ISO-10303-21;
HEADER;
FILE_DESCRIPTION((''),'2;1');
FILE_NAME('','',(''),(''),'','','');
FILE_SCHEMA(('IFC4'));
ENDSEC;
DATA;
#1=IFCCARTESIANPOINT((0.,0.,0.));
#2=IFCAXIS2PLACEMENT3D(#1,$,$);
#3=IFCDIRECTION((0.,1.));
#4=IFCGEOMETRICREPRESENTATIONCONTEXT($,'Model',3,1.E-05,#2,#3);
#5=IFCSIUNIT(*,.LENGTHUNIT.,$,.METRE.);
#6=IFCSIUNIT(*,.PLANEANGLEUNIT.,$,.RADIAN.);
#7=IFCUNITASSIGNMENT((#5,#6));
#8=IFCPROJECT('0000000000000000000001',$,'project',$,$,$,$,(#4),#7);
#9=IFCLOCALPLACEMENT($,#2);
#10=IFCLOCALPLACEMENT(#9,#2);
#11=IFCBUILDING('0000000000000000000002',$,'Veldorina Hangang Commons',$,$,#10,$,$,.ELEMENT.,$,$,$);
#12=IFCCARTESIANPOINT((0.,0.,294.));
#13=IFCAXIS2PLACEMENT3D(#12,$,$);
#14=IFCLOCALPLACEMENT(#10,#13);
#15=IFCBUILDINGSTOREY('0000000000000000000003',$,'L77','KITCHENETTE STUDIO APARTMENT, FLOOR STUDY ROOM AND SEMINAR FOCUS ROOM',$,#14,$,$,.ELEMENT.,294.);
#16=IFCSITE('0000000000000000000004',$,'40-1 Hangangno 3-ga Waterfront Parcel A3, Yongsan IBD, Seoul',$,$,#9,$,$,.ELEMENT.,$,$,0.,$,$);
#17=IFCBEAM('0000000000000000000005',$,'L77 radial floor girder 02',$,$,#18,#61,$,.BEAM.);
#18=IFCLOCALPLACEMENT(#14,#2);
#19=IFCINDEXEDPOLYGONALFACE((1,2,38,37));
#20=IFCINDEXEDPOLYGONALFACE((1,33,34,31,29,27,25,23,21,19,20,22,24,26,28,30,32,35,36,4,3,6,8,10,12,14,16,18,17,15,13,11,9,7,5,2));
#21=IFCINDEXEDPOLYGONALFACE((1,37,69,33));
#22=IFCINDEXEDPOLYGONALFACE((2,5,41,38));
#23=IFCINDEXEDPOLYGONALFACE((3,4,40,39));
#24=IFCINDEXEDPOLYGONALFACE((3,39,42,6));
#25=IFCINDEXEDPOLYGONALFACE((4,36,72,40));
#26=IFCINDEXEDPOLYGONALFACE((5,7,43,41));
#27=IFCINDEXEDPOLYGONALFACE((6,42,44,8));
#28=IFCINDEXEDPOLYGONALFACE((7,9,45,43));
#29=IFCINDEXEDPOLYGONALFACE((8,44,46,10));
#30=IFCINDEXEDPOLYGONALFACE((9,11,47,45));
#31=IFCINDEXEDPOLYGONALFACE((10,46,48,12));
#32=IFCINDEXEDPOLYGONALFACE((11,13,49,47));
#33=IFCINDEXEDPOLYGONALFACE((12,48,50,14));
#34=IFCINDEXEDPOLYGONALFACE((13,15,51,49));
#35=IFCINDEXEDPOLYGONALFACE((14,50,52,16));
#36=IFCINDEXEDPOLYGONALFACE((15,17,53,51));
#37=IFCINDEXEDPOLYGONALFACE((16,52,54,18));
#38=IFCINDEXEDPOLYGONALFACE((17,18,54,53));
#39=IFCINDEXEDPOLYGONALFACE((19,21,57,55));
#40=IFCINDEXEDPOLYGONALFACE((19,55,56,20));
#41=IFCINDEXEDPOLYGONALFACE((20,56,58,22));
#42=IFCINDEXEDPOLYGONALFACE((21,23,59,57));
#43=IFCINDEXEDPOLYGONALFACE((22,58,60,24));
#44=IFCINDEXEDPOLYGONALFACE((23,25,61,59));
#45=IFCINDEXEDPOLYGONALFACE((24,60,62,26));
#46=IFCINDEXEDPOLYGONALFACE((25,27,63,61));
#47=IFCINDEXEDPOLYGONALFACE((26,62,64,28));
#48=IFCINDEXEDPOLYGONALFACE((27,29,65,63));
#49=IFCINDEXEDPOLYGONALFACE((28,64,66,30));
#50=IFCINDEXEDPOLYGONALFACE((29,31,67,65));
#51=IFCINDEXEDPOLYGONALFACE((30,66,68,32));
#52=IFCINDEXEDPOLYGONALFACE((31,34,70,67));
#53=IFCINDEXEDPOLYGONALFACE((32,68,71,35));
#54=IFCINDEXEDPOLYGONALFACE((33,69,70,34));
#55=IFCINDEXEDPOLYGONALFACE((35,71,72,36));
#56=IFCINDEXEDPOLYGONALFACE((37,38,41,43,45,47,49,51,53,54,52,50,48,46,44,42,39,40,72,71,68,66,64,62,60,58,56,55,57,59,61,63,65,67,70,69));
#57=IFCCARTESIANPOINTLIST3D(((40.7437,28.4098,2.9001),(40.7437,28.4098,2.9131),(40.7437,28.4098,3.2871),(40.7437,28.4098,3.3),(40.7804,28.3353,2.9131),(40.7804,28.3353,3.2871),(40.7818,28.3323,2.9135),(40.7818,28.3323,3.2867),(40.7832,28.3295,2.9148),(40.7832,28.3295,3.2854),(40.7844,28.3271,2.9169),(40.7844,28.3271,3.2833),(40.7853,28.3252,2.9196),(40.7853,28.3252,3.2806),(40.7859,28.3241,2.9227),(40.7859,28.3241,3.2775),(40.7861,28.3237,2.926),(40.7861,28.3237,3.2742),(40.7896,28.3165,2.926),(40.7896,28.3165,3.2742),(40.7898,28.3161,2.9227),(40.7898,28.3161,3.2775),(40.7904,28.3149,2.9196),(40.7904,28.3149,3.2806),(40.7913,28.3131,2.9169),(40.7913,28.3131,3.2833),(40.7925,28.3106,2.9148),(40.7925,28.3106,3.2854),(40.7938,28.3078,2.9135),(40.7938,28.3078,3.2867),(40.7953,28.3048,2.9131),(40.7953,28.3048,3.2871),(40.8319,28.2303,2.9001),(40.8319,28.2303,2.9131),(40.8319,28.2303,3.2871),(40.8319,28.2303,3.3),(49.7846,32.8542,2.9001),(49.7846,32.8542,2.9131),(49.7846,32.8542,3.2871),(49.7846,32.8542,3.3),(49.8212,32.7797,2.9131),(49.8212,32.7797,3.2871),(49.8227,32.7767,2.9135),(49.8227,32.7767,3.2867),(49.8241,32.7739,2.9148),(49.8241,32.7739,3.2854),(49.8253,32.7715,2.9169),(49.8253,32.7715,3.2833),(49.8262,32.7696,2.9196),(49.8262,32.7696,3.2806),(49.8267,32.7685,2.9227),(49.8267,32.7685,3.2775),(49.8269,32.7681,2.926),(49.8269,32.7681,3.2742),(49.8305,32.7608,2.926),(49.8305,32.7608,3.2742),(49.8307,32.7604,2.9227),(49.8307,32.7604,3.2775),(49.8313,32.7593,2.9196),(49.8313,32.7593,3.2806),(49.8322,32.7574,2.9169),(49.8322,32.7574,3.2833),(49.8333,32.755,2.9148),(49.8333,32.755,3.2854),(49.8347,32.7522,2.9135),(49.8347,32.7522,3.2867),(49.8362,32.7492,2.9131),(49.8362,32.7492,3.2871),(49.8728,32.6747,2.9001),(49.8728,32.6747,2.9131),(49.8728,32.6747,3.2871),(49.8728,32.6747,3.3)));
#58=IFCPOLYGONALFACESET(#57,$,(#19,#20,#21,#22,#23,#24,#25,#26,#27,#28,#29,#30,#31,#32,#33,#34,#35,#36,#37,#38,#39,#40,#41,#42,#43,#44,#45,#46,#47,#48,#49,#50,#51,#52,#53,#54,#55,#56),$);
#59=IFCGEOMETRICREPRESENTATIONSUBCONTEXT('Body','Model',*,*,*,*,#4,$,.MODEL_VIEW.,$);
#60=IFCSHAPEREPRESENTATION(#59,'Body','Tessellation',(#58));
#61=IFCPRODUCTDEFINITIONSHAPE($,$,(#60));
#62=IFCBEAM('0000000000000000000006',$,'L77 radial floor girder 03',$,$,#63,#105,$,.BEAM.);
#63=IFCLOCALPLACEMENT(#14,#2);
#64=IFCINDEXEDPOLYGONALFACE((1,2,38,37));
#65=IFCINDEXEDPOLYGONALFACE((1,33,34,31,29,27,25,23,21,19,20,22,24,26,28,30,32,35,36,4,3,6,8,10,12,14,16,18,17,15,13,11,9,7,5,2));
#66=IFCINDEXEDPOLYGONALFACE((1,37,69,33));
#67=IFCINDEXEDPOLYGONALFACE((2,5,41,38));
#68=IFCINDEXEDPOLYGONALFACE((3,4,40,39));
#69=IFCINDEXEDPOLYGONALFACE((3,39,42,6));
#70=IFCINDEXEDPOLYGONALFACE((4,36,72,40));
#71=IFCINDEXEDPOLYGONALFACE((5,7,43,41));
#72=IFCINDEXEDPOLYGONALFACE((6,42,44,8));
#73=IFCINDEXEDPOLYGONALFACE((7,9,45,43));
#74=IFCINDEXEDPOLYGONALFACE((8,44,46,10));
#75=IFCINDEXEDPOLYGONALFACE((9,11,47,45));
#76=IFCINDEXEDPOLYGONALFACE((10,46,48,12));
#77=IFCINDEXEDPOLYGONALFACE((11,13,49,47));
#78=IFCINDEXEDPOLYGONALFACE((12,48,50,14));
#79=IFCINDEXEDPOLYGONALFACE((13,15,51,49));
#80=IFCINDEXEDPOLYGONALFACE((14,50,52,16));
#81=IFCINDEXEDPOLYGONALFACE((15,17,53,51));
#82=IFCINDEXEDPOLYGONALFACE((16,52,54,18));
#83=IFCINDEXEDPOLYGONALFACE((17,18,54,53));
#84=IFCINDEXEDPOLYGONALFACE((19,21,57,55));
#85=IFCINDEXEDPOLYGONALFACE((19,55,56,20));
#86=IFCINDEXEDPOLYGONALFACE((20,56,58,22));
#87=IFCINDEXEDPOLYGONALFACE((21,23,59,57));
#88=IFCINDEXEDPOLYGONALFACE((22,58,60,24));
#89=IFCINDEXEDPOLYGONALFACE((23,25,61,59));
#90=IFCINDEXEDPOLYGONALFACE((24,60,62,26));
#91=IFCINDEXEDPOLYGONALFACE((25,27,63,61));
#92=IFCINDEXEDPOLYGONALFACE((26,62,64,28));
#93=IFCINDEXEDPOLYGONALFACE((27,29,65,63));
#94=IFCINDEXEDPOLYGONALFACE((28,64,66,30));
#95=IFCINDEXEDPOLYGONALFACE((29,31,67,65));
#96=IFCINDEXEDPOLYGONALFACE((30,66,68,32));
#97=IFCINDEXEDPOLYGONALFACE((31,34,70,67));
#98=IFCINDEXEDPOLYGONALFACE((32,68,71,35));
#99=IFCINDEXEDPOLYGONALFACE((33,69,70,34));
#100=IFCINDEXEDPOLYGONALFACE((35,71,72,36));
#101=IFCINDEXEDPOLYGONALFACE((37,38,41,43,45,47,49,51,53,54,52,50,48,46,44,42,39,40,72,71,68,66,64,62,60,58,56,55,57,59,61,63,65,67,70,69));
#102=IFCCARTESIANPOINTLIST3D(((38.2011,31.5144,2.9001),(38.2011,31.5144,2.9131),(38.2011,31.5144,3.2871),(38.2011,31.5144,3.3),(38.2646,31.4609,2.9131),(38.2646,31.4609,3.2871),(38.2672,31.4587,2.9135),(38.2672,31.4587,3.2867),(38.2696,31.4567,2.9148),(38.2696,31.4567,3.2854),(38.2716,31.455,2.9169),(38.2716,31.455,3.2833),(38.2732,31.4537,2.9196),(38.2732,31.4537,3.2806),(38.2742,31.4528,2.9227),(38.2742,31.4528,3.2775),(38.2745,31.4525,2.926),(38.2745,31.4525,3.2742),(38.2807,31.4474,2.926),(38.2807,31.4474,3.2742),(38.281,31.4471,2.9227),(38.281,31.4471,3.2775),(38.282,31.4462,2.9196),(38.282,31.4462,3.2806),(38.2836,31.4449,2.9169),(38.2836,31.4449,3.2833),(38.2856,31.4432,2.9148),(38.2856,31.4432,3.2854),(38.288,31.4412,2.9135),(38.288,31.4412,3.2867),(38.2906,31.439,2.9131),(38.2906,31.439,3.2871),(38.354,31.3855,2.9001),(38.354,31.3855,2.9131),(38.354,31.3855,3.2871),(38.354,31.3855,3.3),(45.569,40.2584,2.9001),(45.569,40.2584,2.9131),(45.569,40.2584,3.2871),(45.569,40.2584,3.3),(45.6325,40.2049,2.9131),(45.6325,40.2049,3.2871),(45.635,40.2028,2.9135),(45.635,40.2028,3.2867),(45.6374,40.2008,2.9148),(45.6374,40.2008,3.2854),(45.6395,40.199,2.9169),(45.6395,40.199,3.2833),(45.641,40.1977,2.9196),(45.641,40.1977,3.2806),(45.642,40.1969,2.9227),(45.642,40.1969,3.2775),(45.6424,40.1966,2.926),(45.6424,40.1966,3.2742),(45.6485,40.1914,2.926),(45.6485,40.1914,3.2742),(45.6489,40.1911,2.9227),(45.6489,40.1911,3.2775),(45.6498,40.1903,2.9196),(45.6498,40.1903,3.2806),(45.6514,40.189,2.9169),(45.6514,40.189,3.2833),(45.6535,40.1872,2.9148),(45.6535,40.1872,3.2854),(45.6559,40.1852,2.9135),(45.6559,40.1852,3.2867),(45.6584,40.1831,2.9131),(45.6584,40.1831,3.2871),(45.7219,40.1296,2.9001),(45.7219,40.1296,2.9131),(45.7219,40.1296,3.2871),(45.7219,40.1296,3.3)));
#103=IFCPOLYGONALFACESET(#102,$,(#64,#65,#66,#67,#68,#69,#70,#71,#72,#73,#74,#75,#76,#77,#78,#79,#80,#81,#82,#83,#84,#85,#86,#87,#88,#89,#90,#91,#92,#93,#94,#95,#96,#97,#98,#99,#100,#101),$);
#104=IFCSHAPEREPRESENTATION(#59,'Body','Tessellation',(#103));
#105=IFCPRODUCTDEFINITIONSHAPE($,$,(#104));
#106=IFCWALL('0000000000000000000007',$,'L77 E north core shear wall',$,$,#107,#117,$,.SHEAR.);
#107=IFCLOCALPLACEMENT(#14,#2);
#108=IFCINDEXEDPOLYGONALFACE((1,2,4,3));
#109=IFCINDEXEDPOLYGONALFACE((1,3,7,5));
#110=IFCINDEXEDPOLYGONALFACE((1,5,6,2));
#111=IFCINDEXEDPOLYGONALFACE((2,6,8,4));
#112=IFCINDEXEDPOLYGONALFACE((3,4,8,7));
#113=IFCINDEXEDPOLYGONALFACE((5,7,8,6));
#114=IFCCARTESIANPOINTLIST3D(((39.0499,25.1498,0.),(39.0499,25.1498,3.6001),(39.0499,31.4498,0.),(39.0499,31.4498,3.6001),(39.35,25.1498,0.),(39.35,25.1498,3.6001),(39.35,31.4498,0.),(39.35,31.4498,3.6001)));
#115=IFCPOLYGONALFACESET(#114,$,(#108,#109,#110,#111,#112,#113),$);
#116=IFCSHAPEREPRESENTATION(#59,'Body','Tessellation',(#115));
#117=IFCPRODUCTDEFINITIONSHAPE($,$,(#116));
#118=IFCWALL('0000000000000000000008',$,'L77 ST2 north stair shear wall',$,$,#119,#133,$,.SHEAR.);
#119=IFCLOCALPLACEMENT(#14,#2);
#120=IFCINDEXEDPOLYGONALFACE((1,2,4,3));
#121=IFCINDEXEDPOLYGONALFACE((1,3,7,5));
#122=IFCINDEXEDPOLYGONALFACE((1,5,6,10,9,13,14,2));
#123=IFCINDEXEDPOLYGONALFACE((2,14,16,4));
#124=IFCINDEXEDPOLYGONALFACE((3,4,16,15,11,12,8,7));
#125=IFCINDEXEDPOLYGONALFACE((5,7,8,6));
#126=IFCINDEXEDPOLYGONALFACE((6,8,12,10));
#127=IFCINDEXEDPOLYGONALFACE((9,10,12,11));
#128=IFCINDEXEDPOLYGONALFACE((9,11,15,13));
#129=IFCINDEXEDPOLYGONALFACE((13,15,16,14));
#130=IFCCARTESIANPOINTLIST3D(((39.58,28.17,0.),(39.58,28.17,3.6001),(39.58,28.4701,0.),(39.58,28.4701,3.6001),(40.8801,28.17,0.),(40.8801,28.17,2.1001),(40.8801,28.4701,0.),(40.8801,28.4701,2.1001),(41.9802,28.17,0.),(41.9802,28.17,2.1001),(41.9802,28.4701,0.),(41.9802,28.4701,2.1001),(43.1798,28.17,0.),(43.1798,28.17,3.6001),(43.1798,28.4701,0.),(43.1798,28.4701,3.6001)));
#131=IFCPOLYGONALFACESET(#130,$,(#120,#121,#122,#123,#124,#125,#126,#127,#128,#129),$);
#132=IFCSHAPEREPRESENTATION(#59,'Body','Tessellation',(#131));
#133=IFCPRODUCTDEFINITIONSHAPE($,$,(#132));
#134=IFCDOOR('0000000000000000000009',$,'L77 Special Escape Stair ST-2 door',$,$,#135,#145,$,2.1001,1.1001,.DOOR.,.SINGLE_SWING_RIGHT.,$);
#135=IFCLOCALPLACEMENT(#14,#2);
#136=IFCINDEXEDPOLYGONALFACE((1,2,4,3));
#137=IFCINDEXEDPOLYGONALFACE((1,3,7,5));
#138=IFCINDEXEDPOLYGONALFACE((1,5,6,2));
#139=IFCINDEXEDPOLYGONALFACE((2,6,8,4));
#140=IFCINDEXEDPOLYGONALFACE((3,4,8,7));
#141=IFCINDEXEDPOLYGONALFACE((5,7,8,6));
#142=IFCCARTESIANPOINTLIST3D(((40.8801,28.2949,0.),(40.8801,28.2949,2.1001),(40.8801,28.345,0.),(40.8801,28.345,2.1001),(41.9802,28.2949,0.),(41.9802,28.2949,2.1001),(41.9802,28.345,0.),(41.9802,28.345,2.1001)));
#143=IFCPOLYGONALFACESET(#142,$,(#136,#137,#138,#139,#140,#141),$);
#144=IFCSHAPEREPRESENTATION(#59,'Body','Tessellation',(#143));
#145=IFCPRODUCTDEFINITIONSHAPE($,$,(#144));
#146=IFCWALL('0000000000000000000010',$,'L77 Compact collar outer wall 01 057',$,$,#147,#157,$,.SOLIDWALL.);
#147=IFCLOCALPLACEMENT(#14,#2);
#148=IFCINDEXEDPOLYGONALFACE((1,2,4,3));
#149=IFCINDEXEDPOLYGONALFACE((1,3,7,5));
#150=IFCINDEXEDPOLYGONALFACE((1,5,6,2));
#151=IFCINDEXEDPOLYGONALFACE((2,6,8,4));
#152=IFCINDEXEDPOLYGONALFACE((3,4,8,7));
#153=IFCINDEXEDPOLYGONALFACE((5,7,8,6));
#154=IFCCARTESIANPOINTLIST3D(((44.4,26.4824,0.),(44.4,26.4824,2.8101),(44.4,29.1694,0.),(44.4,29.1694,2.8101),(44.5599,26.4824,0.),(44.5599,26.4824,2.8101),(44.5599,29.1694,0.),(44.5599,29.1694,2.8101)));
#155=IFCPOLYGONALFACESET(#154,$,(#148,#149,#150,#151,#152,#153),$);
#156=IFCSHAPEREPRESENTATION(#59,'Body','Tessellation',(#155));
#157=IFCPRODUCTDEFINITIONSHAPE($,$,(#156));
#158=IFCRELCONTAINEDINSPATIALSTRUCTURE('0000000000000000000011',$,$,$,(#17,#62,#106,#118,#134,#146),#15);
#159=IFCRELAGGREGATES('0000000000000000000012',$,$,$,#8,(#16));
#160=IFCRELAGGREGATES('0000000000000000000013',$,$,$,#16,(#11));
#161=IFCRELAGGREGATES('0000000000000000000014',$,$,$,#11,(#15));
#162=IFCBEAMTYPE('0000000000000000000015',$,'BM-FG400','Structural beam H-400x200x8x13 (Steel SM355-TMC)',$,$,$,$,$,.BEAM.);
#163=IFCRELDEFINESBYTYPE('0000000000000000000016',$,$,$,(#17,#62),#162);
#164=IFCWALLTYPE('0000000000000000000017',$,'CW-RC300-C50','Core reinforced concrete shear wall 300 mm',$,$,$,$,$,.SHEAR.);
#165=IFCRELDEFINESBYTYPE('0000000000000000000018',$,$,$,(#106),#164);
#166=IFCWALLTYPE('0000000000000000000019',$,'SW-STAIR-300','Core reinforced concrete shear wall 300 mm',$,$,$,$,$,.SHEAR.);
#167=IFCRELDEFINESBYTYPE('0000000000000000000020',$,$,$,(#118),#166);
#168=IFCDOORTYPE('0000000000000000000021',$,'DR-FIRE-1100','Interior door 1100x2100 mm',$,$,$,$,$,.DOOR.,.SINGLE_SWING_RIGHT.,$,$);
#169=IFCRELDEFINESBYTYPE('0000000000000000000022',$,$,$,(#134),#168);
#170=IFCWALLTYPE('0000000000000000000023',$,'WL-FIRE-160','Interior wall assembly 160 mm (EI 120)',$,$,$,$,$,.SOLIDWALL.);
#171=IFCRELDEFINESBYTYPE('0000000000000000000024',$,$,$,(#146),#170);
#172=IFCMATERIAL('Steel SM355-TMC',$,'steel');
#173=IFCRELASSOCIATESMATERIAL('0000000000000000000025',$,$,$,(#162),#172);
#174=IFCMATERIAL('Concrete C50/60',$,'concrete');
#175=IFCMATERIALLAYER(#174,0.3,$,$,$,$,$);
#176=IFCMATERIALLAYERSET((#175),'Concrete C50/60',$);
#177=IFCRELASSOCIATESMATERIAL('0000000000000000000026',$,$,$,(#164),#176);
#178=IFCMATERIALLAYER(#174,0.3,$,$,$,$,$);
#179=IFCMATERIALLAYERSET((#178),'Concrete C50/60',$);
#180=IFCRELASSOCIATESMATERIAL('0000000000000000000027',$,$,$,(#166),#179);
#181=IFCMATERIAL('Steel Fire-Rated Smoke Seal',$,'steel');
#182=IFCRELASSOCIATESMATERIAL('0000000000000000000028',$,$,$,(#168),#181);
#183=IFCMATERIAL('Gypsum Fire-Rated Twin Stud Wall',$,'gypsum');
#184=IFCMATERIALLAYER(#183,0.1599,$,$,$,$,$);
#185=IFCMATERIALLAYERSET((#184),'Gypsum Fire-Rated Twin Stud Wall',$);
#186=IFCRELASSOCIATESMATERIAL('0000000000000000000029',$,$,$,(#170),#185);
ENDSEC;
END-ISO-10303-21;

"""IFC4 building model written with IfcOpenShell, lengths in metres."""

from ifc_helpers import new_model, si_unit, direction, frame, frame_2d, origin, origin_2d, place, context, subcontext, project, spatial, rectangle, i_section, extrude, material, layer, layer_set, material_profile, profile_set, type_object, element, fill, save


model = new_model("IFC4")

# Units and contexts
model_context = context("Model", 3, precision=1e-05, world=origin(), true_north=direction((0.0, 1.0)))
body_context = subcontext(model_context, "Body", "Model", "MODEL_VIEW")
ifc_project = project(units=[si_unit("LENGTHUNIT", "METRE"), si_unit("PLANEANGLEUNIT", "RADIAN")], contexts=[model_context])

# Site, building, storey
site_placement = place(None, origin())
site = spatial("IfcSite", under=ifc_project, at=site_placement, Name="40-1 Hangangno 3-ga Waterfront Parcel A3, Yongsan IBD, Seoul", CompositionType="ELEMENT", RefElevation=0.0)
building_placement = place(site_placement, origin())
building = spatial("IfcBuilding", under=site, at=building_placement, Name="Veldorina Hangang Commons", CompositionType="ELEMENT")
storey_placement = place(building_placement, frame((0.0, 0.0, 294.0)))
storey = spatial("IfcBuildingStorey", under=building, at=storey_placement, Name="L77", Description="KITCHENETTE STUDIO APARTMENT, FLOOR STUDY ROOM AND SEMINAR FOCUS ROOM", CompositionType="ELEMENT", Elevation=294.0)

# Beams
ifc_material_1 = material(Name="Steel SM355-TMC", Category="steel")
ifc_material_profile = material_profile(ifc_material_1, i_section(OverallWidth=0.2, OverallDepth=0.3999, WebThickness=0.0081, FlangeThickness=0.0129, FilletRadius=0.0129, at=origin_2d()), Name="H-400x200x8x13")
ifc_profile_set = profile_set([ifc_material_profile], Name="Steel SM355-TMC")
beam_type = type_object("IfcBeamType", Name="BM-FG400", Description="Structural beam H-400x200x8x13 (Steel SM355-TMC)", PredefinedType="BEAM", material=ifc_profile_set)
beam_1_placement = place(storey_placement, frame((40.7878, 28.3201, 3.1001), z_axis=(0.897426, 0.441164, 0.0), x_axis=(-0.441164, 0.897426, 0.0)))
element("IfcBeam", 1, at=beam_1_placement, inside=storey, type_object=beam_type, Name="L77 radial floor girder 02", PredefinedType="BEAM", context=body_context, shape_type="SweptSolid", body=[
    extrude(i_section(OverallWidth=0.2, OverallDepth=0.3999, WebThickness=0.0081, FlangeThickness=0.0129, FilletRadius=0.0129, at=origin_2d()), origin(), (0.0, 0.0, 1.0), 10.0742),
])
beam_2_placement = place(storey_placement, frame((38.2776, 31.45, 3.1001), z_axis=(0.644363, 0.76472, 0.0), x_axis=(-0.76472, 0.644363, 0.0)))
element("IfcBeam", 2, at=beam_2_placement, inside=storey, type_object=beam_type, Name="L77 radial floor girder 03", PredefinedType="BEAM", context=body_context, shape_type="SweptSolid", body=[
    extrude(i_section(OverallWidth=0.2, OverallDepth=0.3999, WebThickness=0.0081, FlangeThickness=0.0129, FilletRadius=0.0129, at=origin_2d()), origin(), (0.0, 0.0, 1.0), 11.4343),
])

# Wall
ifc_material_2 = material(Name="Concrete C50/60", Category="concrete")
ifc_layer_1 = layer(ifc_material_2, 0.3)
ifc_layer_set_1 = layer_set([ifc_layer_1], Name="Concrete C50/60")
wall_type_1 = type_object("IfcWallType", Name="CW-RC300-C50", Description="Core reinforced concrete shear wall 300 mm", PredefinedType="SHEAR", material=ifc_layer_set_1)
wall_1_placement = place(storey_placement, frame((39.2, 25.1499, 0.0), z_axis=(0.0, 0.0, 1.0), x_axis=(0.0, 1.0, 0.0)))
element("IfcWall", 3, at=wall_1_placement, inside=storey, type_object=wall_type_1, Name="L77 E north core shear wall", PredefinedType="SHEAR", context=body_context, shape_type="SweptSolid", body=[
    extrude(rectangle(XDim=6.3, YDim=0.3, at=frame_2d((3.1499, 0.0))), origin(), (0.0, 0.0, 1.0), 3.6001),
])

# Wall, opening, door
ifc_layer_2 = layer(ifc_material_2, 0.3)
ifc_layer_set_2 = layer_set([ifc_layer_2], Name="Concrete C50/60")
wall_type_2 = type_object("IfcWallType", Name="SW-STAIR-300", Description="Core reinforced concrete shear wall 300 mm", PredefinedType="SHEAR", material=ifc_layer_set_2)
wall_2_placement = place(storey_placement, frame((39.5801, 28.3201, 0.0), z_axis=(0.0, 0.0, 1.0), x_axis=(1.0, 0.0, 0.0)))
wall_2 = element("IfcWall", 4, at=wall_2_placement, inside=storey, type_object=wall_type_2, Name="L77 ST2 north stair shear wall", PredefinedType="SHEAR", context=body_context, shape_type="SweptSolid", body=[
    extrude(rectangle(XDim=3.5999, YDim=0.3, at=frame_2d((1.7998, 0.0))), origin(), (0.0, 0.0, 1.0), 3.6001),
])
opening_1_placement = place(wall_2_placement, frame((1.3, 0.0, 0.0)))
opening_1 = element("IfcOpeningElement", 5, at=opening_1_placement, cuts=wall_2, PredefinedType="OPENING", context=body_context, shape_type="SweptSolid", body=[
    extrude(rectangle(XDim=1.1001, YDim=2.1001, at=frame_2d((0.55, 1.05))), frame((0.0, 0.1602, 0.0), z_axis=(0.0, -1.0, 0.0), x_axis=(1.0, 0.0, 0.0)), (0.0, 0.0, 1.0), 0.3201),
])
ifc_material_3 = material(Name="Steel Fire-Rated Smoke Seal", Category="steel")
door_type_1 = type_object("IfcDoorType", Name="DR-FIRE-1100", Description="Interior door 1100x2100 mm", OperationType="SINGLE_SWING_RIGHT", PredefinedType="DOOR", material=ifc_material_3)
door_1_placement = place(opening_1_placement, origin())
door_1 = element("IfcDoor", 6, at=door_1_placement, inside=storey, type_object=door_type_1, Name="L77 Special Escape Stair ST-2 door", OperationType="SINGLE_SWING_RIGHT", OverallHeight=2.1001, OverallWidth=1.1001, PredefinedType="DOOR", context=body_context, shape_type="SweptSolid", body=[
    extrude(rectangle(XDim=1.1001, YDim=2.1001, at=frame_2d((0.55, 1.05))), frame((0.0, 0.0249, 0.0), z_axis=(0.0, -1.0, 0.0), x_axis=(1.0, 0.0, 0.0)), (0.0, 0.0, 1.0), 0.05),
])
fill(opening_1, door_1)

# Wall
ifc_material_4 = material(Name="Gypsum Fire-Rated Twin Stud Wall", Category="gypsum")
ifc_layer_3 = layer(ifc_material_4, 0.1599)
ifc_layer_set_3 = layer_set([ifc_layer_3], Name="Gypsum Fire-Rated Twin Stud Wall")
wall_type_3 = type_object("IfcWallType", Name="WL-FIRE-160", Description="Interior wall assembly 160 mm (EI 120)", PredefinedType="SOLIDWALL", material=ifc_layer_set_3)
wall_3_placement = place(storey_placement, frame((44.48, 26.4824, 0.0), z_axis=(0.0, 0.0, 1.0), x_axis=(0.0, 1.0, 0.0)))
element("IfcWall", 7, at=wall_3_placement, inside=storey, type_object=wall_type_3, Name="L77 Compact collar outer wall 01 057", PredefinedType="SOLIDWALL", context=body_context, shape_type="SweptSolid", body=[
    extrude(rectangle(XDim=2.687, YDim=0.1599, at=frame_2d((1.3435, 0.0))), origin(), (0.0, 0.0, 1.0), 2.8101),
])

save(model, "model.ifc")
